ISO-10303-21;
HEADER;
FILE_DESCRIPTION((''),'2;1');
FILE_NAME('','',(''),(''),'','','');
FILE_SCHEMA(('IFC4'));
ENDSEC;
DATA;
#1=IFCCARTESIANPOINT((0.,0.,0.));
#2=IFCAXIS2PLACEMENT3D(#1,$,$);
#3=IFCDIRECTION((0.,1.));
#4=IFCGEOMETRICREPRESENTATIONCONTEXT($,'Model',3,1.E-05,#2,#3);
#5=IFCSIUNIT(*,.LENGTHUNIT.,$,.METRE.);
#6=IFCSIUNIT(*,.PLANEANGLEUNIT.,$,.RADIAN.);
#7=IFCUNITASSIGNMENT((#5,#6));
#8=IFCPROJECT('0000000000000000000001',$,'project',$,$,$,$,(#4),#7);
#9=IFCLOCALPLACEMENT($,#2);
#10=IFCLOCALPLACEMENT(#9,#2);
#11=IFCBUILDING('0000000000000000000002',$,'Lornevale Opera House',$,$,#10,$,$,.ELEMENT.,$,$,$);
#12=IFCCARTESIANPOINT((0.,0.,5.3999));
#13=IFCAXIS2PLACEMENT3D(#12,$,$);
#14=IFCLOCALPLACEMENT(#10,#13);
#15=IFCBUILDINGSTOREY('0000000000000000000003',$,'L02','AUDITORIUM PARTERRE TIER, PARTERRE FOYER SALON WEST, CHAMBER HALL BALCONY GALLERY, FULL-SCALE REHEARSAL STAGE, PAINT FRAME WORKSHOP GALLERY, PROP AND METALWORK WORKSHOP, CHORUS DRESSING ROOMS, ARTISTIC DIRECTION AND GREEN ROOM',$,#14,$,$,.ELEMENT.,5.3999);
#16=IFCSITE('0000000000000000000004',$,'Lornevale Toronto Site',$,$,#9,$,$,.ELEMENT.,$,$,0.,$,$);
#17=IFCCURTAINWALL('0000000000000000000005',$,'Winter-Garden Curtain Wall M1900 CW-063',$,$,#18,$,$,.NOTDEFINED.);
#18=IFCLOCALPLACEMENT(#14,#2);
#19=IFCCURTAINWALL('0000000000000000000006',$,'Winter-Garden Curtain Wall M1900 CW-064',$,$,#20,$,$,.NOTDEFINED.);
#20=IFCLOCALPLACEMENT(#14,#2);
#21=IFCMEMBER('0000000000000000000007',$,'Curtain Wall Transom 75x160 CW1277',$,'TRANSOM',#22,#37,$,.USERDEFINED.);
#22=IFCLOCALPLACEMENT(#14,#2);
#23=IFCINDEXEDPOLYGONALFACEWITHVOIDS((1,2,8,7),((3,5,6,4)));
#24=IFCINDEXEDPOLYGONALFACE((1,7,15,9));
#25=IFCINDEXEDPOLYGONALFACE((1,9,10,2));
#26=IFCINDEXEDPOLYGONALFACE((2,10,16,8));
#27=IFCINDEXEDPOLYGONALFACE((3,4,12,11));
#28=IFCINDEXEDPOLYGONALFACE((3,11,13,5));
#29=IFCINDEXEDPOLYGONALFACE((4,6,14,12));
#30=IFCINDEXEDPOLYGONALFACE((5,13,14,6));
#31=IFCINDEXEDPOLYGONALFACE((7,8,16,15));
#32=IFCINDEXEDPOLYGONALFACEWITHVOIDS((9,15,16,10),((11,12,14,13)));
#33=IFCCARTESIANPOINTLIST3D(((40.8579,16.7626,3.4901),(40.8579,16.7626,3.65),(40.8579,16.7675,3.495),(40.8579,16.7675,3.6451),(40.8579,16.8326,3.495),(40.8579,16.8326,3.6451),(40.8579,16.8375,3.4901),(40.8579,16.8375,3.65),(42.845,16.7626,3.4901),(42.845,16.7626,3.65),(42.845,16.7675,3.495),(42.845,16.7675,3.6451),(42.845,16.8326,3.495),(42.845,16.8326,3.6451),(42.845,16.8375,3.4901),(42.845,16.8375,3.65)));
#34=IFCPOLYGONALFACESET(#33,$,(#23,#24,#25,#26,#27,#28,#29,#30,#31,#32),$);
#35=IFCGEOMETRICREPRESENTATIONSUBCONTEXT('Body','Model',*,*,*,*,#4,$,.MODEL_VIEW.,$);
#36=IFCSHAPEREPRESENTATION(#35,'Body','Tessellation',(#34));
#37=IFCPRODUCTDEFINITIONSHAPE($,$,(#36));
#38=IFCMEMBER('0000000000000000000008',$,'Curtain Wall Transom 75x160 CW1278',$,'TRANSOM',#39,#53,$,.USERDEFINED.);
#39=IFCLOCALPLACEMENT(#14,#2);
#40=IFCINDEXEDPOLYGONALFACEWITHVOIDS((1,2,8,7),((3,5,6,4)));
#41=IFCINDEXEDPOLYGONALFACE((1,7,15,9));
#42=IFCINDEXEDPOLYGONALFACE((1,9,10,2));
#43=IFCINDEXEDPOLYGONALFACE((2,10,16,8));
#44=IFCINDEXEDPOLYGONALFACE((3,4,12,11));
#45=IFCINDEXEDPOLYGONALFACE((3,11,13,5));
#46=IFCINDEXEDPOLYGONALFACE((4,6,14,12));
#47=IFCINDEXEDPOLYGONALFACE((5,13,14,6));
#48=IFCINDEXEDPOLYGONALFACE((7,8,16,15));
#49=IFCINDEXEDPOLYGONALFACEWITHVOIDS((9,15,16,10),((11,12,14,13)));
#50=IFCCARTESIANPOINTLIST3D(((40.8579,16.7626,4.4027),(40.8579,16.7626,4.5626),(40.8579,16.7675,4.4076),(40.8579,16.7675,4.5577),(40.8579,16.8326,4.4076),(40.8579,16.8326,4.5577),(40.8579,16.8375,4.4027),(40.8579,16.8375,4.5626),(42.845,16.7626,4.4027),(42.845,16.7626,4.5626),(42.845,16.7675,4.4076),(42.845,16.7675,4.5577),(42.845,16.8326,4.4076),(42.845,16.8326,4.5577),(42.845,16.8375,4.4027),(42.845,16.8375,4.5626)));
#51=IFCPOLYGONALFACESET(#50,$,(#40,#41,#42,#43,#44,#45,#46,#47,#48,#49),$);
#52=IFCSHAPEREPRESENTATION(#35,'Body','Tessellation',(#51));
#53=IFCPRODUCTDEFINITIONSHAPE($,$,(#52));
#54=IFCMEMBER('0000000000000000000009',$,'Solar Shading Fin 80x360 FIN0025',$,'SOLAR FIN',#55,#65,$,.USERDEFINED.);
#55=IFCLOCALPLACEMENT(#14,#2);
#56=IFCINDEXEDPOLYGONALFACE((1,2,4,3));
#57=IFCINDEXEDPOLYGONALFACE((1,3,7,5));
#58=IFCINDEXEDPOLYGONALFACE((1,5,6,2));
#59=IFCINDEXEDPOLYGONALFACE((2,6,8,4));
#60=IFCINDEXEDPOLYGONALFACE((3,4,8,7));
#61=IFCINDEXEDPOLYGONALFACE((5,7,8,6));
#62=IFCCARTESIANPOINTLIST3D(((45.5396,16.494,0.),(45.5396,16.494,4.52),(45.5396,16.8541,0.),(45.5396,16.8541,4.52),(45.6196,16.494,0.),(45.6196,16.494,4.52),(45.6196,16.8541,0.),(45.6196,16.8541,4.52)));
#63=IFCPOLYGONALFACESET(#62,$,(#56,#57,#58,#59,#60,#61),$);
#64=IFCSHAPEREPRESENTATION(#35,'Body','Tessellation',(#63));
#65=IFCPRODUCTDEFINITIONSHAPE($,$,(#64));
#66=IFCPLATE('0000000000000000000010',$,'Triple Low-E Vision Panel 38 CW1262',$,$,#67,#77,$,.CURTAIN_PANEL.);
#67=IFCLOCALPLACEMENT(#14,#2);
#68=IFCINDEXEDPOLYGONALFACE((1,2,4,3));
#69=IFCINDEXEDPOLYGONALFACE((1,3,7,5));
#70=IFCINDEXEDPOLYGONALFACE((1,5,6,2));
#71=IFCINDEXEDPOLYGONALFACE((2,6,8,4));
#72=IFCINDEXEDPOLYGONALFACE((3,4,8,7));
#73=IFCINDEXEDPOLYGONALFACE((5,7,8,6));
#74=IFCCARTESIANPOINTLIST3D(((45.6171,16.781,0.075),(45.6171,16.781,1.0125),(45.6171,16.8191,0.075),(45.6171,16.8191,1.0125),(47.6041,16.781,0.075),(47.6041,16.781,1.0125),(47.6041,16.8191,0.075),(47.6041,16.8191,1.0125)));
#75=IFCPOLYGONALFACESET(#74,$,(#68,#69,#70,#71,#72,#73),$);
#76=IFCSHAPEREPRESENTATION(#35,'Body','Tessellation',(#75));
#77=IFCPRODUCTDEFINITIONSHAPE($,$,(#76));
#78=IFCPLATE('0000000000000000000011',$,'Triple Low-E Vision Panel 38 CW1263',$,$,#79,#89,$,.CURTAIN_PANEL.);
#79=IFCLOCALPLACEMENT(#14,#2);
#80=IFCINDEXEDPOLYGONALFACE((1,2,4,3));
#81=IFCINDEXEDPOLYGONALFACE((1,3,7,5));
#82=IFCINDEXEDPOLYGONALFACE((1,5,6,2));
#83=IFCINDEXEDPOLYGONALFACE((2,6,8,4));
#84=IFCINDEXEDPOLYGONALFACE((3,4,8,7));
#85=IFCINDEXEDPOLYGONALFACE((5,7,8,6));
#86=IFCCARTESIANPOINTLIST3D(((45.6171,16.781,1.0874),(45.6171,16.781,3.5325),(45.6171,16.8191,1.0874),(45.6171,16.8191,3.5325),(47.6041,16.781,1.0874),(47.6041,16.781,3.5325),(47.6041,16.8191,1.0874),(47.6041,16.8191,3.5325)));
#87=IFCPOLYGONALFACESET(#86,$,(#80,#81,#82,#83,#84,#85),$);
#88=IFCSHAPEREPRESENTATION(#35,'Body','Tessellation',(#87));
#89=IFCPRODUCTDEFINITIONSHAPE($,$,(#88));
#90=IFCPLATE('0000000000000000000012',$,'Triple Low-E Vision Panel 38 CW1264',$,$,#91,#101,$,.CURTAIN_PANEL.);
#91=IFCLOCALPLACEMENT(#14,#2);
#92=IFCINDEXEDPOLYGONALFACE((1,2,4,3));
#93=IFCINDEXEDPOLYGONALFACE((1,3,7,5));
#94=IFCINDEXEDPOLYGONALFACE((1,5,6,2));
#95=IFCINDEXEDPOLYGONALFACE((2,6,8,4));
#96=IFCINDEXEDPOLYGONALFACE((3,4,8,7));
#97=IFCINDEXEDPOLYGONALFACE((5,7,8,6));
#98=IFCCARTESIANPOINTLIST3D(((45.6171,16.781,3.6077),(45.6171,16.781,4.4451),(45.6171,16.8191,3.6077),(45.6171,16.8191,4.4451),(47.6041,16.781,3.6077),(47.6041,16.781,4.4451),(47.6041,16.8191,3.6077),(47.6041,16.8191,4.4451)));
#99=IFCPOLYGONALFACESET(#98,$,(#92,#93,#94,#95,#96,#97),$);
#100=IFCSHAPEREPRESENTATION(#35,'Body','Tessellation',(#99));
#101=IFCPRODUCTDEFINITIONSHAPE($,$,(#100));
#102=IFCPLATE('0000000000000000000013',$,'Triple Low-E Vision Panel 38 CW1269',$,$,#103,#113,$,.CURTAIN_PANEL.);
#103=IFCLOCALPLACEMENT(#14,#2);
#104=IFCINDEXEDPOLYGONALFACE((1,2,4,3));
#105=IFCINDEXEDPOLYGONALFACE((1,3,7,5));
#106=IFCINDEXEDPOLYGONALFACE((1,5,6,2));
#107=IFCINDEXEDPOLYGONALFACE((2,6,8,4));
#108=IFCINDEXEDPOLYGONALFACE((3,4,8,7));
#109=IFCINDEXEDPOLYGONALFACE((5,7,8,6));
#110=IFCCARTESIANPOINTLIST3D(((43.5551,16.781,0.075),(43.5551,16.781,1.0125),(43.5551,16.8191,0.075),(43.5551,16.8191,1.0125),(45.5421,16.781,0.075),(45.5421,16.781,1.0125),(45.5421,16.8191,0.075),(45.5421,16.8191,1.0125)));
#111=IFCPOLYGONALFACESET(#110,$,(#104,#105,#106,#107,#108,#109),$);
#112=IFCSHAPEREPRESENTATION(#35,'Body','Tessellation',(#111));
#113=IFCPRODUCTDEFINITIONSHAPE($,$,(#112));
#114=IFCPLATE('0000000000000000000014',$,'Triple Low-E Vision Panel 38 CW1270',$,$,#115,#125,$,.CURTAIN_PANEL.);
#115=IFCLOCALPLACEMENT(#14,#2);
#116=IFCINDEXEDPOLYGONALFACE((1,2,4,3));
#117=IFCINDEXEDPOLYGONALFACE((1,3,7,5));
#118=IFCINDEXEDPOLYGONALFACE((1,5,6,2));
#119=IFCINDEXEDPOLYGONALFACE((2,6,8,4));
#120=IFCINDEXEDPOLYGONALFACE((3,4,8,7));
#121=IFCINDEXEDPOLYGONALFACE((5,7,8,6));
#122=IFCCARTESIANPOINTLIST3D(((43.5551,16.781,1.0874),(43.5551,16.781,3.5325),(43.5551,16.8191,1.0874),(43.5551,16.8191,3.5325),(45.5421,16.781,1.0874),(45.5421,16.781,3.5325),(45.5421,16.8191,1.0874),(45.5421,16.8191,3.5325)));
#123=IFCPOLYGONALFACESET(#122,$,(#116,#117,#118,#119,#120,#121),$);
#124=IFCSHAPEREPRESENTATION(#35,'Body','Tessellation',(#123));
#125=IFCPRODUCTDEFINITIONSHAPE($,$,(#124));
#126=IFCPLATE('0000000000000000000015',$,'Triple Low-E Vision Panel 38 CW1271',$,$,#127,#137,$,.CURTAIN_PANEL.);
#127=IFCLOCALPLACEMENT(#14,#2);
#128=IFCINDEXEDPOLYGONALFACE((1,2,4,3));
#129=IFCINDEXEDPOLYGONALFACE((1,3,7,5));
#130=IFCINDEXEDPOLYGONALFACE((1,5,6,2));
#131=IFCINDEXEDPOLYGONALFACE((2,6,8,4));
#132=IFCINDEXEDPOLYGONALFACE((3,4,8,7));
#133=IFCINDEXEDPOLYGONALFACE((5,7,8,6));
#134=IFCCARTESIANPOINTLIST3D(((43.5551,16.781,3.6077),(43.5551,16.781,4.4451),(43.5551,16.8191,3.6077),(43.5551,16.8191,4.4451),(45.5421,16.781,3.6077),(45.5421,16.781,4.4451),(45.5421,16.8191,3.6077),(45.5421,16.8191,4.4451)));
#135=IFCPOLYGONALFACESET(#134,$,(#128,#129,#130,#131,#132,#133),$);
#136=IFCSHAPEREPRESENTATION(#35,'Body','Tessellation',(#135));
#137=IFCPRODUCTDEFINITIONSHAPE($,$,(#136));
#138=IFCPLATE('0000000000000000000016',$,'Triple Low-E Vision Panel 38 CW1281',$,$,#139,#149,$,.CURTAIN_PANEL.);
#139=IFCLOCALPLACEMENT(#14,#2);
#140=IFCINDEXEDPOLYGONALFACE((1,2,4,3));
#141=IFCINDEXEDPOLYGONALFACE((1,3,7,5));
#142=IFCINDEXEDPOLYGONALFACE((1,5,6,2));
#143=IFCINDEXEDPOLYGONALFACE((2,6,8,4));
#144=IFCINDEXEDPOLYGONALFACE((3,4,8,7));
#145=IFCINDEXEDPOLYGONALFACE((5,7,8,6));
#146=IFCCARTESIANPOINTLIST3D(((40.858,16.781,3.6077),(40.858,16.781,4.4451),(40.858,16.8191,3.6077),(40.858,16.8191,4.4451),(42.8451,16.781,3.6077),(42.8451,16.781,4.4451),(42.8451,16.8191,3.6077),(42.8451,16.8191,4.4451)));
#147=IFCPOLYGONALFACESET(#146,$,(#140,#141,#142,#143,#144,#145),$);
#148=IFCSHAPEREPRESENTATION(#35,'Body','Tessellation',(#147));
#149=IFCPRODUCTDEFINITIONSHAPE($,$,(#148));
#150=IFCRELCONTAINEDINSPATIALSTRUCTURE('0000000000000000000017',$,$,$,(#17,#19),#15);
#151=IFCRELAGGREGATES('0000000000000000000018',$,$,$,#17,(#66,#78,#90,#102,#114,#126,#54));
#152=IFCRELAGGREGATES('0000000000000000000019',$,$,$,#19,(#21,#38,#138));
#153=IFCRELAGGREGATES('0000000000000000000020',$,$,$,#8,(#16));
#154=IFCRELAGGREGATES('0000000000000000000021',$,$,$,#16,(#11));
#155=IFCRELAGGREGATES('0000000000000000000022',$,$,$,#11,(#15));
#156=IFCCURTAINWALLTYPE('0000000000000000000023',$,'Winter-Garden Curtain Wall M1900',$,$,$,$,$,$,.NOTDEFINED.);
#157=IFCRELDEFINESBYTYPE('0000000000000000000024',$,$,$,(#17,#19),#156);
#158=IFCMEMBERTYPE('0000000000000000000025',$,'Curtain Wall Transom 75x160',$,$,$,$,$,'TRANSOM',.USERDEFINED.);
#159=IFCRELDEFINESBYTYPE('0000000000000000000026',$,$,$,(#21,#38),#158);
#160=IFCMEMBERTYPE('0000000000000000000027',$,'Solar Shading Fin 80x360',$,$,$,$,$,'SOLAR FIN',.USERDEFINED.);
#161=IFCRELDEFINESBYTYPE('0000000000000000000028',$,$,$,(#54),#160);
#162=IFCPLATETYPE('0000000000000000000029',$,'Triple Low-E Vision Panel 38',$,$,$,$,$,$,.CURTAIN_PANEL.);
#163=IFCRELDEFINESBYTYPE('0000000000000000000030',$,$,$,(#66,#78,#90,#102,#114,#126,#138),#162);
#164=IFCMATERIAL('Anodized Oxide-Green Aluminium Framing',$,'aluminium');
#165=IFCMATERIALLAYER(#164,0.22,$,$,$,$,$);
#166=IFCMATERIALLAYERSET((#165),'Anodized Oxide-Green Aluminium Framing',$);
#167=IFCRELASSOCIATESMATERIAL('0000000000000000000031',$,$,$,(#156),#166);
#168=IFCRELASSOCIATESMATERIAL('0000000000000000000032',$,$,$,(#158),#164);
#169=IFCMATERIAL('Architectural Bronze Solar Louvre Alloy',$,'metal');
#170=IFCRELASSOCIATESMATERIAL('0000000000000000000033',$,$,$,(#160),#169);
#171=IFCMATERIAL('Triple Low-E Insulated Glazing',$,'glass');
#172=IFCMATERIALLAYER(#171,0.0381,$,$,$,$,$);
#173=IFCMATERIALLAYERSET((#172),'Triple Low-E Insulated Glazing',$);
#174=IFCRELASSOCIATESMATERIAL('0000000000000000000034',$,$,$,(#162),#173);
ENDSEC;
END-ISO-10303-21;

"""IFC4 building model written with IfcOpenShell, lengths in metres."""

from ifc_helpers import new_model, si_unit, direction, frame, origin, origin_2d, place, context, subcontext, project, spatial, rectangle, hollow_rectangle, extrude, material, layer, layer_set, material_profile, profile_set, type_object, element, aggregate, save


model = new_model("IFC4")

# Units and contexts
model_context = context("Model", 3, precision=1e-05, world=origin(), true_north=direction((0.0, 1.0)))
body_context = subcontext(model_context, "Body", "Model", "MODEL_VIEW")
ifc_project = project(units=[si_unit("LENGTHUNIT", "METRE"), si_unit("PLANEANGLEUNIT", "RADIAN")], contexts=[model_context])

# Site, building, storey
site_placement = place(None, origin())
site = spatial("IfcSite", under=ifc_project, at=site_placement, Name="Lornevale Toronto Site", CompositionType="ELEMENT", RefElevation=0.0)
building_placement = place(site_placement, origin())
building = spatial("IfcBuilding", under=site, at=building_placement, Name="Lornevale Opera House", CompositionType="ELEMENT")
storey_placement = place(building_placement, frame((0.0, 0.0, 5.3999)))
storey = spatial("IfcBuildingStorey", under=building, at=storey_placement, Name="L02", Description="AUDITORIUM PARTERRE TIER, PARTERRE FOYER SALON WEST, CHAMBER HALL BALCONY GALLERY, FULL-SCALE REHEARSAL STAGE, PAINT FRAME WORKSHOP GALLERY, PROP AND METALWORK WORKSHOP, CHORUS DRESSING ROOMS, ARTISTIC DIRECTION AND GREEN ROOM", CompositionType="ELEMENT", Elevation=5.3999)

# Curtain wall
ifc_material_1 = material(Name="Anodized Oxide-Green Aluminium Framing", Category="aluminium")
ifc_layer_1 = layer(ifc_material_1, 0.22)
ifc_layer_set_1 = layer_set([ifc_layer_1], Name="Anodized Oxide-Green Aluminium Framing")
curtain_wall_type = type_object("IfcCurtainWallType", Name="Winter-Garden Curtain Wall M1900", PredefinedType="NOTDEFINED", material=ifc_layer_set_1)
curtain_wall_1_placement = place(storey_placement, origin())
curtain_wall_1 = element("IfcCurtainWall", 1, at=curtain_wall_1_placement, inside=storey, type_object=curtain_wall_type, Name="Winter-Garden Curtain Wall M1900 CW-063", PredefinedType="NOTDEFINED")

# Curtain wall
curtain_wall_2_placement = place(storey_placement, origin())
curtain_wall_2 = element("IfcCurtainWall", 2, at=curtain_wall_2_placement, inside=storey, type_object=curtain_wall_type, Name="Winter-Garden Curtain Wall M1900 CW-064", PredefinedType="NOTDEFINED")

# Members
ifc_material_profile_1 = material_profile(ifc_material_1, hollow_rectangle(XDim=0.075, YDim=0.1599, WallThickness=0.0049, at=origin_2d()), Name="ALU75x160x5")
ifc_profile_set_1 = profile_set([ifc_material_profile_1], Name="Anodized Oxide-Green Aluminium Framing")
member_type_1 = type_object("IfcMemberType", Name="Curtain Wall Transom 75x160", ElementType="TRANSOM", PredefinedType="USERDEFINED", material=ifc_profile_set_1)
member_1_placement = place(storey_placement, frame((42.845, 16.8, 3.5701), z_axis=(-1.0, 0.0, 0.0), x_axis=(0.0, -1.0, 0.0)))
member_1 = element("IfcMember", 3, at=member_1_placement, type_object=member_type_1, Name="Curtain Wall Transom 75x160 CW1277", ObjectType="TRANSOM", PredefinedType="USERDEFINED", context=body_context, shape_type="SweptSolid", body=[
    extrude(hollow_rectangle(XDim=0.075, YDim=0.1599, WallThickness=0.0049, at=origin_2d()), origin(), (0.0, 0.0, 1.0), 1.9871),
])
member_2_placement = place(storey_placement, frame((42.845, 16.8, 4.4827), z_axis=(-1.0, 0.0, 0.0), x_axis=(0.0, -1.0, 0.0)))
member_2 = element("IfcMember", 4, at=member_2_placement, type_object=member_type_1, Name="Curtain Wall Transom 75x160 CW1278", ObjectType="TRANSOM", PredefinedType="USERDEFINED", context=body_context, shape_type="SweptSolid", body=[
    extrude(hollow_rectangle(XDim=0.075, YDim=0.1599, WallThickness=0.0049, at=origin_2d()), origin(), (0.0, 0.0, 1.0), 1.9871),
])
ifc_material_2 = material(Name="Architectural Bronze Solar Louvre Alloy", Category="metal")
ifc_material_profile_2 = material_profile(ifc_material_2, rectangle(XDim=0.0801, YDim=0.3601, at=origin_2d()), Name="FIN80x360")
ifc_profile_set_2 = profile_set([ifc_material_profile_2], Name="Architectural Bronze Solar Louvre Alloy")
member_type_2 = type_object("IfcMemberType", Name="Solar Shading Fin 80x360", ElementType="SOLAR FIN", PredefinedType="USERDEFINED", material=ifc_profile_set_2)
member_3_placement = place(storey_placement, frame((45.5796, 16.6741, 0.0), z_axis=(0.0, 0.0, 1.0), x_axis=(-1.0, 0.0, 0.0)))
member_3 = element("IfcMember", 5, at=member_3_placement, type_object=member_type_2, Name="Solar Shading Fin 80x360 FIN0025", ObjectType="SOLAR FIN", PredefinedType="USERDEFINED", context=body_context, shape_type="SweptSolid", body=[
    extrude(rectangle(XDim=0.0801, YDim=0.3601, at=origin_2d()), origin(), (0.0, 0.0, 1.0), 4.52),
])

# Plates
ifc_material_3 = material(Name="Triple Low-E Insulated Glazing", Category="glass")
ifc_layer_2 = layer(ifc_material_3, 0.0381)
ifc_layer_set_2 = layer_set([ifc_layer_2], Name="Triple Low-E Insulated Glazing")
plate_type = type_object("IfcPlateType", Name="Triple Low-E Vision Panel 38", PredefinedType="CURTAIN_PANEL", material=ifc_layer_set_2)
plate_1_placement = place(storey_placement, frame((46.6106, 16.8, 0.075), z_axis=(0.0, 0.0, 1.0), x_axis=(-1.0, 0.0, 0.0)))
plate_1 = element("IfcPlate", 6, at=plate_1_placement, type_object=plate_type, Name="Triple Low-E Vision Panel 38 CW1262", PredefinedType="CURTAIN_PANEL", context=body_context, shape_type="SweptSolid", body=[
    extrude(rectangle(XDim=1.9871, YDim=0.0381, at=origin_2d()), origin(), (0.0, 0.0, 1.0), 0.9375),
])
plate_2_placement = place(storey_placement, frame((46.6106, 16.8, 1.0874), z_axis=(0.0, 0.0, 1.0), x_axis=(-1.0, 0.0, 0.0)))
plate_2 = element("IfcPlate", 7, at=plate_2_placement, type_object=plate_type, Name="Triple Low-E Vision Panel 38 CW1263", PredefinedType="CURTAIN_PANEL", context=body_context, shape_type="SweptSolid", body=[
    extrude(rectangle(XDim=1.9871, YDim=0.0381, at=origin_2d()), origin(), (0.0, 0.0, 1.0), 2.4451),
])
plate_3_placement = place(storey_placement, frame((46.6106, 16.8, 3.6077), z_axis=(0.0, 0.0, 1.0), x_axis=(-1.0, 0.0, 0.0)))
plate_3 = element("IfcPlate", 8, at=plate_3_placement, type_object=plate_type, Name="Triple Low-E Vision Panel 38 CW1264", PredefinedType="CURTAIN_PANEL", context=body_context, shape_type="SweptSolid", body=[
    extrude(rectangle(XDim=1.9871, YDim=0.0381, at=origin_2d()), origin(), (0.0, 0.0, 1.0), 0.8374),
])
plate_4_placement = place(storey_placement, frame((44.5486, 16.8, 0.075), z_axis=(0.0, 0.0, 1.0), x_axis=(-1.0, 0.0, 0.0)))
plate_4 = element("IfcPlate", 9, at=plate_4_placement, type_object=plate_type, Name="Triple Low-E Vision Panel 38 CW1269", PredefinedType="CURTAIN_PANEL", context=body_context, shape_type="SweptSolid", body=[
    extrude(rectangle(XDim=1.9871, YDim=0.0381, at=origin_2d()), origin(), (0.0, 0.0, 1.0), 0.9375),
])
plate_5_placement = place(storey_placement, frame((44.5486, 16.8, 1.0874), z_axis=(0.0, 0.0, 1.0), x_axis=(-1.0, 0.0, 0.0)))
plate_5 = element("IfcPlate", 10, at=plate_5_placement, type_object=plate_type, Name="Triple Low-E Vision Panel 38 CW1270", PredefinedType="CURTAIN_PANEL", context=body_context, shape_type="SweptSolid", body=[
    extrude(rectangle(XDim=1.9871, YDim=0.0381, at=origin_2d()), origin(), (0.0, 0.0, 1.0), 2.4451),
])
plate_6_placement = place(storey_placement, frame((44.5486, 16.8, 3.6077), z_axis=(0.0, 0.0, 1.0), x_axis=(-1.0, 0.0, 0.0)))
plate_6 = element("IfcPlate", 11, at=plate_6_placement, type_object=plate_type, Name="Triple Low-E Vision Panel 38 CW1271", PredefinedType="CURTAIN_PANEL", context=body_context, shape_type="SweptSolid", body=[
    extrude(rectangle(XDim=1.9871, YDim=0.0381, at=origin_2d()), origin(), (0.0, 0.0, 1.0), 0.8374),
])
aggregate(curtain_wall_1, [plate_1, plate_2, plate_3, plate_4, plate_5, plate_6, member_3])
plate_7_placement = place(storey_placement, frame((41.8516, 16.8, 3.6077), z_axis=(0.0, 0.0, 1.0), x_axis=(-1.0, 0.0, 0.0)))
plate_7 = element("IfcPlate", 12, at=plate_7_placement, type_object=plate_type, Name="Triple Low-E Vision Panel 38 CW1281", PredefinedType="CURTAIN_PANEL", context=body_context, shape_type="SweptSolid", body=[
    extrude(rectangle(XDim=1.9871, YDim=0.0381, at=origin_2d()), origin(), (0.0, 0.0, 1.0), 0.8374),
])
aggregate(curtain_wall_2, [member_1, member_2, plate_7])

save(model, "model.ifc")
